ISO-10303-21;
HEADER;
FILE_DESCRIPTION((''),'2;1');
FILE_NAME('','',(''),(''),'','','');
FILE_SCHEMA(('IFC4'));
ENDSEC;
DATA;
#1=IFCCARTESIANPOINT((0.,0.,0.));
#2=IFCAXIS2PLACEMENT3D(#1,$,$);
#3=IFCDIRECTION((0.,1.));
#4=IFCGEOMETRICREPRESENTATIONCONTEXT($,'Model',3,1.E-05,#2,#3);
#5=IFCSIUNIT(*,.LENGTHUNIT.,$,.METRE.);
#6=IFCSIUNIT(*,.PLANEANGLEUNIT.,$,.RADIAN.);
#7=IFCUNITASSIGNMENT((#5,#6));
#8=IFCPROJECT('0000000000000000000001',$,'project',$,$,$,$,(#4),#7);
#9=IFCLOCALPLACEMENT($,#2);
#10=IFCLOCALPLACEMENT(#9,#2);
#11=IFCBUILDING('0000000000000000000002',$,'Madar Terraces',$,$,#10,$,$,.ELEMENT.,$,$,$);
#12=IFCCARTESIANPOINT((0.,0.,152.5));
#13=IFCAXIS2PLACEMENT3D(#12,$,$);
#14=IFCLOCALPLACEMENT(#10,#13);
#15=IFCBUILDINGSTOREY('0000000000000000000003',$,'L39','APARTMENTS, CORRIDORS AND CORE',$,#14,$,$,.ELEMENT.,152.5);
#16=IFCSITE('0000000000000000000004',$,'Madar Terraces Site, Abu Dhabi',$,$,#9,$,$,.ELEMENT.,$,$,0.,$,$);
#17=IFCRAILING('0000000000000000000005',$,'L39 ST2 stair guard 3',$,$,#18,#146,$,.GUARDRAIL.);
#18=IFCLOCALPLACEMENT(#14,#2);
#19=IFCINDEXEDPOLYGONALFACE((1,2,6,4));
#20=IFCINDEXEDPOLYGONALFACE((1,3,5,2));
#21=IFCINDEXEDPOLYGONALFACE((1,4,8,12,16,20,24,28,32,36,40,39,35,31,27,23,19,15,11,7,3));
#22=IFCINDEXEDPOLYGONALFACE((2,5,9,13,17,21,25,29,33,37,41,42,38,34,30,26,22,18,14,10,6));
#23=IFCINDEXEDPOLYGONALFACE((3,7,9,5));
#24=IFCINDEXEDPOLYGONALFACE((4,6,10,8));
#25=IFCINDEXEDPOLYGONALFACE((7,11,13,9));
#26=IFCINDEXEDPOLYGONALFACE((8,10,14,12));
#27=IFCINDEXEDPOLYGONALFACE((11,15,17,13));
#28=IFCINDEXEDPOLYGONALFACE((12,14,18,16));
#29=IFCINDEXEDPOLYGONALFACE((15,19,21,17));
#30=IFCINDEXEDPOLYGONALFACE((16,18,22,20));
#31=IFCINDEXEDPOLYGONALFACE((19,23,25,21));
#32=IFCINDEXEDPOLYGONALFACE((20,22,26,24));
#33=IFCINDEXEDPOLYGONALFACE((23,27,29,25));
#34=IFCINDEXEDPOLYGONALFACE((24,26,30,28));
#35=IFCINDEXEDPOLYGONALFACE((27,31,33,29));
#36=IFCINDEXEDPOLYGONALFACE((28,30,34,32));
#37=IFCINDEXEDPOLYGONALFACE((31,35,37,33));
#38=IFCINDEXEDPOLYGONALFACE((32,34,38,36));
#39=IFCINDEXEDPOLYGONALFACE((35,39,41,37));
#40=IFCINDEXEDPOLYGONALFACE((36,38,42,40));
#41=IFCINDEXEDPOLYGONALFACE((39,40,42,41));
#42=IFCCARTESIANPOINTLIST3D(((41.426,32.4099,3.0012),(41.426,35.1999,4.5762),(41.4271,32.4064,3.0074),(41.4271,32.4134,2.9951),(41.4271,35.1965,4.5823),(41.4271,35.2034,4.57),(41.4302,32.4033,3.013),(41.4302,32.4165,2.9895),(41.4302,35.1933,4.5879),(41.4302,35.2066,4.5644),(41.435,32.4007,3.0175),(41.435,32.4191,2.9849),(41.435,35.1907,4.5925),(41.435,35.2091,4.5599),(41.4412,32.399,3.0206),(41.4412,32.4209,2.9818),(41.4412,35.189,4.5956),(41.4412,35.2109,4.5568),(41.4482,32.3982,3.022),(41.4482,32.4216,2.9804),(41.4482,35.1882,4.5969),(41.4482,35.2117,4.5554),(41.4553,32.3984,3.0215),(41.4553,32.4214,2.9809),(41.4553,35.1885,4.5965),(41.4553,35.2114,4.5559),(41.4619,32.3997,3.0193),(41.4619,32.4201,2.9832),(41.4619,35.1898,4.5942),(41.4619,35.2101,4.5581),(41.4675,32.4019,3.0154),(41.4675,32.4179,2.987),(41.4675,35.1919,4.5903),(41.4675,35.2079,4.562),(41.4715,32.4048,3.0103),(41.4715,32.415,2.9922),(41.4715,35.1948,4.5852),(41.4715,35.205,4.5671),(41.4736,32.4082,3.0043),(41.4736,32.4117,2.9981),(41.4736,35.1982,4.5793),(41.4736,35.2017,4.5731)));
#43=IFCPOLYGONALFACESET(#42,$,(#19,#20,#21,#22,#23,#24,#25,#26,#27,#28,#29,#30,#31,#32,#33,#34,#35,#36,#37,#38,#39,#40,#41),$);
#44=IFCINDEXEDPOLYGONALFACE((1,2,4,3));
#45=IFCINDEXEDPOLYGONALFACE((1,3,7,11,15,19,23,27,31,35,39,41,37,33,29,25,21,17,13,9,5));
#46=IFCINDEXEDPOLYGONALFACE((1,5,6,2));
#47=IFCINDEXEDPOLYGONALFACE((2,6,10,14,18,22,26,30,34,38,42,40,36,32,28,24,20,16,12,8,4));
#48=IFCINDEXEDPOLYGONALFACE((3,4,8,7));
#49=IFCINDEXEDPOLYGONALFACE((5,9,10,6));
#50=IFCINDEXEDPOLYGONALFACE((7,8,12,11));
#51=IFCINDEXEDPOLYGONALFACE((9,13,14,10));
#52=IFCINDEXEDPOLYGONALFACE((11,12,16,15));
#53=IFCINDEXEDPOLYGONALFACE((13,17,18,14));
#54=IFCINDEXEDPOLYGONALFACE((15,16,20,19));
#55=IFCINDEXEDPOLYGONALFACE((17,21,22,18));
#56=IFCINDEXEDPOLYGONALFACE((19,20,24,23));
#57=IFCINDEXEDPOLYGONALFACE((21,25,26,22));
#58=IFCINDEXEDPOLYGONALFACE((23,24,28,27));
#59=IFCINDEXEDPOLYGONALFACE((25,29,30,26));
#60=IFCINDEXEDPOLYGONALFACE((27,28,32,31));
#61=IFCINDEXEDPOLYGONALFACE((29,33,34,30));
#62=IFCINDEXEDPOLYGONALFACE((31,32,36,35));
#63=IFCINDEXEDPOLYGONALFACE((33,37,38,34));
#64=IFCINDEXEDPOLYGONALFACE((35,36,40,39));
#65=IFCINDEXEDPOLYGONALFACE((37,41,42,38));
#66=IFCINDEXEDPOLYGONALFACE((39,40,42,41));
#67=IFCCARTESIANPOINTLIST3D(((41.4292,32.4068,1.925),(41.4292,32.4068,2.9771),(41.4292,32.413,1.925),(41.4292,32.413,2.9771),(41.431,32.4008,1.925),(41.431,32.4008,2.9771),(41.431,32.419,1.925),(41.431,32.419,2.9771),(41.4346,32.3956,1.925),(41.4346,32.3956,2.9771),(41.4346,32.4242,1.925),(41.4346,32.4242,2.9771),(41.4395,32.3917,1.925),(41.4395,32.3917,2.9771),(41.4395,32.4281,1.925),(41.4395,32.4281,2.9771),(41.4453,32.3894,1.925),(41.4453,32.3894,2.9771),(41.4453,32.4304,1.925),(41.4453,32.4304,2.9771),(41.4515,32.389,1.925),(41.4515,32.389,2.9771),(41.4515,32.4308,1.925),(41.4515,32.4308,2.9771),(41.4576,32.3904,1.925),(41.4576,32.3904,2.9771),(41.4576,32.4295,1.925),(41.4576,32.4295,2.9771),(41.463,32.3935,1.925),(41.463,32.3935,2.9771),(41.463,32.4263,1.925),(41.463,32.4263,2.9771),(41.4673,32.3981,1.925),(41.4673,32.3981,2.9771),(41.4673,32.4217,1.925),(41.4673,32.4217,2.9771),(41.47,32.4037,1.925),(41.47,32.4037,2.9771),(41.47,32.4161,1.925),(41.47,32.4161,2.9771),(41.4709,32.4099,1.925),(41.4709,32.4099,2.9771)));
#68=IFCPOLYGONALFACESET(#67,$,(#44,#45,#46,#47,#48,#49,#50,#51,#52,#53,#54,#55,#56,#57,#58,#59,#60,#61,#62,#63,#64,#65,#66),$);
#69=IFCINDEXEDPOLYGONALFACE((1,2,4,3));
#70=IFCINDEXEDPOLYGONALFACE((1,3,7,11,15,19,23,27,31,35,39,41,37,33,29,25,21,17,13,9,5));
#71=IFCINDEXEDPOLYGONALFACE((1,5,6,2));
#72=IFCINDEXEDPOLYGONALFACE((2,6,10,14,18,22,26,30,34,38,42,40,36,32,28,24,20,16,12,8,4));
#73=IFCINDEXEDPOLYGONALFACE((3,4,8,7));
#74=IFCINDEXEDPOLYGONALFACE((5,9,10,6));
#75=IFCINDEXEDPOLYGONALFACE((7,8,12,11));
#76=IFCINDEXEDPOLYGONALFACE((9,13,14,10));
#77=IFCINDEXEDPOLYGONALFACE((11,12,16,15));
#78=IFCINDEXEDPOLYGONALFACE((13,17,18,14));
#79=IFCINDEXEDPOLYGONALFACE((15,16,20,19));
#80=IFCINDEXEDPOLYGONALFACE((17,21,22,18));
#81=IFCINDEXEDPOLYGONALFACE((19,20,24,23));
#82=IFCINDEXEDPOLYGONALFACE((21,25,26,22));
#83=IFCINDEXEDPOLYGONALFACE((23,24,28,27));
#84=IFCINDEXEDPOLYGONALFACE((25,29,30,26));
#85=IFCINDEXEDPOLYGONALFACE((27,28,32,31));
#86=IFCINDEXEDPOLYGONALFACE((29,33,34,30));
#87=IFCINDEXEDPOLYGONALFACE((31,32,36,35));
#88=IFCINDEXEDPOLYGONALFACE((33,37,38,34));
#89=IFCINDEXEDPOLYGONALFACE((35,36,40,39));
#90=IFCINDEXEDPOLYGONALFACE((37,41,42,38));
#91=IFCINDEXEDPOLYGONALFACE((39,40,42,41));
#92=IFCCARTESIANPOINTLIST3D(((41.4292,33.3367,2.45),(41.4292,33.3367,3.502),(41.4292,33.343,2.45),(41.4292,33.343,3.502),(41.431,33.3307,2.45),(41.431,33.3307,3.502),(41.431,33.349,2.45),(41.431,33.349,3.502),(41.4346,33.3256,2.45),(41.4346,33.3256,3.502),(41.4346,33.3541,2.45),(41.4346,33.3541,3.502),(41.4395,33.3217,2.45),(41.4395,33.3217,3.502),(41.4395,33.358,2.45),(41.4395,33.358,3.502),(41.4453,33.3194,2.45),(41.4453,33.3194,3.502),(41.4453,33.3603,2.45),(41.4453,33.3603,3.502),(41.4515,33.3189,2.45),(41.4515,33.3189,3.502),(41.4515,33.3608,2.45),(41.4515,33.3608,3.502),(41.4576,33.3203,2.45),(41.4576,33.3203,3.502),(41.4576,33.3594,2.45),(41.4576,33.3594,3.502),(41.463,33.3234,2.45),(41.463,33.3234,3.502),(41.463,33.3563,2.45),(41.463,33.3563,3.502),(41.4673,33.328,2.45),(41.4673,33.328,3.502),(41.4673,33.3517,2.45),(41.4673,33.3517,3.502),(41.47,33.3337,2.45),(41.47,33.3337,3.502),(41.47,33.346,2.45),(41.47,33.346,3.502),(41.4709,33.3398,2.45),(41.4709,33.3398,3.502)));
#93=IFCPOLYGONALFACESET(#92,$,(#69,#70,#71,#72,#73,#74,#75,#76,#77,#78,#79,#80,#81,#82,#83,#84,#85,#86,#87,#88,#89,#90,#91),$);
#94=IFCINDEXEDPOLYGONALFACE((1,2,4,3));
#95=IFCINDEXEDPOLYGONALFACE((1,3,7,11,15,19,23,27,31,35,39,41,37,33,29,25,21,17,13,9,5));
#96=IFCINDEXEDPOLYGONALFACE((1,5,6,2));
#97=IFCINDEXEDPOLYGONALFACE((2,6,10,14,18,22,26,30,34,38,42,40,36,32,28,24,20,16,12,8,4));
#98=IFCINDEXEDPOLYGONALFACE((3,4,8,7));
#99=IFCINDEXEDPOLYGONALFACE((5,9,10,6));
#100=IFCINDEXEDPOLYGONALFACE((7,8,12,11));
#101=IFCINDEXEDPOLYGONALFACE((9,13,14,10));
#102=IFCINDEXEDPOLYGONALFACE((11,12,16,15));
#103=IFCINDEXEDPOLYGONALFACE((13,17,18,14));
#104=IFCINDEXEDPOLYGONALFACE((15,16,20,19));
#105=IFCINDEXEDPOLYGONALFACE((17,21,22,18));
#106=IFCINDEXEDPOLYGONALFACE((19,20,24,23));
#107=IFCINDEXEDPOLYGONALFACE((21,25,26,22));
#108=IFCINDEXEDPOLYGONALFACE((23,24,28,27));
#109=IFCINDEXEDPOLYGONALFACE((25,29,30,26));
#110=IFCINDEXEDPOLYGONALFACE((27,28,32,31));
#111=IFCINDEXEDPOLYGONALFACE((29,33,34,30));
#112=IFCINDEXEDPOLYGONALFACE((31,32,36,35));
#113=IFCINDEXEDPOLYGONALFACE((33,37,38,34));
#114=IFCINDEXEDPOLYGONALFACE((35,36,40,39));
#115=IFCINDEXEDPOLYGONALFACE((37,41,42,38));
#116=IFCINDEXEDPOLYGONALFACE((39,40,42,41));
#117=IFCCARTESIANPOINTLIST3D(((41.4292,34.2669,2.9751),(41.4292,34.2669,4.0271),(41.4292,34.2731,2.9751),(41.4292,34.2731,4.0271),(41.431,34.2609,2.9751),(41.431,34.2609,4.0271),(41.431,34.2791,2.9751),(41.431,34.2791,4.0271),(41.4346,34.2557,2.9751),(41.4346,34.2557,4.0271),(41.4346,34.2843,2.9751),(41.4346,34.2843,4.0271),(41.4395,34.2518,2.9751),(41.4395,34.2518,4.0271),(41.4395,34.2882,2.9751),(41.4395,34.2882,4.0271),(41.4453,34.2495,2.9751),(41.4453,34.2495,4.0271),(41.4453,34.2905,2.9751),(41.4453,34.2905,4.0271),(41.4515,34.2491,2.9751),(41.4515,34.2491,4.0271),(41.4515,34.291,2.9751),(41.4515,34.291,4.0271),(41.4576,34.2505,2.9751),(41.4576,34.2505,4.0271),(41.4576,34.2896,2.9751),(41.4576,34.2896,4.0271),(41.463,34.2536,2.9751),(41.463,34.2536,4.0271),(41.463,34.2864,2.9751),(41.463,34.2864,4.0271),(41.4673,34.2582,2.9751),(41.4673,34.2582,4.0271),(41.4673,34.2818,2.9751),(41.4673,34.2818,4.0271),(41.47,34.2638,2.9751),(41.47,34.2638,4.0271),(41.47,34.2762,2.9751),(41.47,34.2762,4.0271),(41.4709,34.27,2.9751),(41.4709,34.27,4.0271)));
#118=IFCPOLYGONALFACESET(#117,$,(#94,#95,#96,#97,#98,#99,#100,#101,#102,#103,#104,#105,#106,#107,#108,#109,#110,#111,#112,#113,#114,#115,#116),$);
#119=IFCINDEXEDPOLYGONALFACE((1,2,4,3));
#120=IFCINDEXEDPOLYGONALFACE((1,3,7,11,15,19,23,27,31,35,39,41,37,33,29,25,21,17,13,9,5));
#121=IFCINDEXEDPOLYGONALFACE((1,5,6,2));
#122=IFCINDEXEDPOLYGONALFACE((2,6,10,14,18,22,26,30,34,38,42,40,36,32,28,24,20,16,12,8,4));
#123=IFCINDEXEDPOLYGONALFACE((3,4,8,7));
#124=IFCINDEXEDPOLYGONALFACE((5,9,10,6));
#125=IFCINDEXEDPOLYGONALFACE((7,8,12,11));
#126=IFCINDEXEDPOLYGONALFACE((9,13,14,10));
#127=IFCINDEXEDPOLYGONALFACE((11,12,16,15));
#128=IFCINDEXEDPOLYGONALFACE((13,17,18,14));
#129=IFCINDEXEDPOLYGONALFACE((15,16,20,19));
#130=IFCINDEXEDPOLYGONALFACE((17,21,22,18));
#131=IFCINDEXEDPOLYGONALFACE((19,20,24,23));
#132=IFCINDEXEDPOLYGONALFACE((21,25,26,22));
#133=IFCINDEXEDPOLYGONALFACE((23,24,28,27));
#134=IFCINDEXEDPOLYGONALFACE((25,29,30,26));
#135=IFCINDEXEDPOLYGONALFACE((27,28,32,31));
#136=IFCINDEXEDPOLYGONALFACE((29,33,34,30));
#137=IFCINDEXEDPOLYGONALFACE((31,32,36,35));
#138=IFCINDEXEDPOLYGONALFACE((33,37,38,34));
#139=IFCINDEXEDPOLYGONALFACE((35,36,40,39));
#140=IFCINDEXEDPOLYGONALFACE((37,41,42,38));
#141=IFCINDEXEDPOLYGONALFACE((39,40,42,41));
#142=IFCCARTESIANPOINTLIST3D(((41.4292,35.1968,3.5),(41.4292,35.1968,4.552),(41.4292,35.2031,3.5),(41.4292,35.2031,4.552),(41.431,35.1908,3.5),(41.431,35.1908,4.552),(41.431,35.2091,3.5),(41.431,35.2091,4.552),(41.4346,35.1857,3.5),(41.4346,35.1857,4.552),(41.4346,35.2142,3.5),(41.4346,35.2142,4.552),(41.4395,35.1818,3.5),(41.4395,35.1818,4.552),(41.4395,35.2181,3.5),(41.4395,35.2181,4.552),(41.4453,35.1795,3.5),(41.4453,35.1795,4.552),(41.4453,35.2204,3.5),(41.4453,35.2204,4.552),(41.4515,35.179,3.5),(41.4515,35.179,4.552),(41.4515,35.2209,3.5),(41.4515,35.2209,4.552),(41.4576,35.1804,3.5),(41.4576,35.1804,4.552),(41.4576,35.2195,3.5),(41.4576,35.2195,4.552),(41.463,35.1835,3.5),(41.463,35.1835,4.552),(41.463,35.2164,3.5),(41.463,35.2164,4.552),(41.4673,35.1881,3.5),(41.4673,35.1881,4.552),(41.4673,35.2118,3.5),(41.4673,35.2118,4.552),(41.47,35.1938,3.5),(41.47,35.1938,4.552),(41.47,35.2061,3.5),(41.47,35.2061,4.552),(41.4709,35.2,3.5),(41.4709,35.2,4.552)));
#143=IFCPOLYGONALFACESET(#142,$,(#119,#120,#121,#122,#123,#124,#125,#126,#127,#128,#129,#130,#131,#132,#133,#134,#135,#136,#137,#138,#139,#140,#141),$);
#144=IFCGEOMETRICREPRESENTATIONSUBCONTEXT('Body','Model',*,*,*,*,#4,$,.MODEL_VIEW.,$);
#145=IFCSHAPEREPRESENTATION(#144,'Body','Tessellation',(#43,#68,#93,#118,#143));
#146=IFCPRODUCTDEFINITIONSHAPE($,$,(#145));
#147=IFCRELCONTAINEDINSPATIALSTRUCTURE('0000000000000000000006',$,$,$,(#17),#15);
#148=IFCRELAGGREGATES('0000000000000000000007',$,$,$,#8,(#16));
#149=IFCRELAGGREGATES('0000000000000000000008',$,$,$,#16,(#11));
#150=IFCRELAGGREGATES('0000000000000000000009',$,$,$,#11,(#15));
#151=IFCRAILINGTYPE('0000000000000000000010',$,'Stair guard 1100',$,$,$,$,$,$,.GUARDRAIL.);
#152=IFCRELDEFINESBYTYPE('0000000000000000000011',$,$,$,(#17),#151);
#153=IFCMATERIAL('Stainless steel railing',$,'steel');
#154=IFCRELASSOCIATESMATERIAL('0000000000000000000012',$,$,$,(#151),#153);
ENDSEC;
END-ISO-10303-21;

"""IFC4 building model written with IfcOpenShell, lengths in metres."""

from ifc_helpers import new_model, si_unit, direction, frame, origin, origin_2d, place, context, subcontext, project, spatial, circle, extrude, material, type_object, element, save


model = new_model("IFC4")

# Units and contexts
model_context = context("Model", 3, precision=1e-05, world=origin(), true_north=direction((0.0, 1.0)))
body_context = subcontext(model_context, "Body", "Model", "MODEL_VIEW")
ifc_project = project(units=[si_unit("LENGTHUNIT", "METRE"), si_unit("PLANEANGLEUNIT", "RADIAN")], contexts=[model_context])

# Site, building, storey
site_placement = place(None, origin())
site = spatial("IfcSite", under=ifc_project, at=site_placement, Name="Madar Terraces Site, Abu Dhabi", CompositionType="ELEMENT", RefElevation=0.0)
building_placement = place(site_placement, origin())
building = spatial("IfcBuilding", under=site, at=building_placement, Name="Madar Terraces", CompositionType="ELEMENT")
storey_placement = place(building_placement, frame((0.0, 0.0, 152.5)))
storey = spatial("IfcBuildingStorey", under=building, at=storey_placement, Name="L39", Description="APARTMENTS, CORRIDORS AND CORE", CompositionType="ELEMENT", Elevation=152.5)

# Railing
ifc_material_1 = material(Name="Stainless steel railing", Category="steel")
railing_type_1 = type_object("IfcRailingType", Name="Stair guard 1100", PredefinedType="GUARDRAIL", material=ifc_material_1)
railing_1_placement = place(storey_placement, frame((41.45, 32.4099, 1.925)))
element("IfcRailing", 1, at=railing_1_placement, inside=storey, type_object=railing_type_1, Name="L39 ST2 stair guard 3", PredefinedType="GUARDRAIL", context=body_context, shape_type="SweptSolid", body=[
    extrude(circle(Radius=0.0239, at=origin_2d()), frame((0.0, 0.0, 1.0762), z_axis=(0.0, 0.870834, 0.491578), x_axis=(-1.0, 0.0, 0.0)), (0.0, 0.0, 1.0), 3.2039),
    extrude(circle(Radius=0.021, at=origin_2d()), origin(), (0.0, 0.0, 1.0), 1.052),
    extrude(circle(Radius=0.021, at=origin_2d()), frame((0.0, 0.9299, 0.5249)), (0.0, 0.0, 1.0), 1.052),
    extrude(circle(Radius=0.021, at=origin_2d()), frame((0.0, 1.8601, 1.05)), (0.0, 0.0, 1.0), 1.052),
    extrude(circle(Radius=0.021, at=origin_2d()), frame((0.0, 2.79, 1.575)), (0.0, 0.0, 1.0), 1.052),
])

save(model, "model.ifc")
